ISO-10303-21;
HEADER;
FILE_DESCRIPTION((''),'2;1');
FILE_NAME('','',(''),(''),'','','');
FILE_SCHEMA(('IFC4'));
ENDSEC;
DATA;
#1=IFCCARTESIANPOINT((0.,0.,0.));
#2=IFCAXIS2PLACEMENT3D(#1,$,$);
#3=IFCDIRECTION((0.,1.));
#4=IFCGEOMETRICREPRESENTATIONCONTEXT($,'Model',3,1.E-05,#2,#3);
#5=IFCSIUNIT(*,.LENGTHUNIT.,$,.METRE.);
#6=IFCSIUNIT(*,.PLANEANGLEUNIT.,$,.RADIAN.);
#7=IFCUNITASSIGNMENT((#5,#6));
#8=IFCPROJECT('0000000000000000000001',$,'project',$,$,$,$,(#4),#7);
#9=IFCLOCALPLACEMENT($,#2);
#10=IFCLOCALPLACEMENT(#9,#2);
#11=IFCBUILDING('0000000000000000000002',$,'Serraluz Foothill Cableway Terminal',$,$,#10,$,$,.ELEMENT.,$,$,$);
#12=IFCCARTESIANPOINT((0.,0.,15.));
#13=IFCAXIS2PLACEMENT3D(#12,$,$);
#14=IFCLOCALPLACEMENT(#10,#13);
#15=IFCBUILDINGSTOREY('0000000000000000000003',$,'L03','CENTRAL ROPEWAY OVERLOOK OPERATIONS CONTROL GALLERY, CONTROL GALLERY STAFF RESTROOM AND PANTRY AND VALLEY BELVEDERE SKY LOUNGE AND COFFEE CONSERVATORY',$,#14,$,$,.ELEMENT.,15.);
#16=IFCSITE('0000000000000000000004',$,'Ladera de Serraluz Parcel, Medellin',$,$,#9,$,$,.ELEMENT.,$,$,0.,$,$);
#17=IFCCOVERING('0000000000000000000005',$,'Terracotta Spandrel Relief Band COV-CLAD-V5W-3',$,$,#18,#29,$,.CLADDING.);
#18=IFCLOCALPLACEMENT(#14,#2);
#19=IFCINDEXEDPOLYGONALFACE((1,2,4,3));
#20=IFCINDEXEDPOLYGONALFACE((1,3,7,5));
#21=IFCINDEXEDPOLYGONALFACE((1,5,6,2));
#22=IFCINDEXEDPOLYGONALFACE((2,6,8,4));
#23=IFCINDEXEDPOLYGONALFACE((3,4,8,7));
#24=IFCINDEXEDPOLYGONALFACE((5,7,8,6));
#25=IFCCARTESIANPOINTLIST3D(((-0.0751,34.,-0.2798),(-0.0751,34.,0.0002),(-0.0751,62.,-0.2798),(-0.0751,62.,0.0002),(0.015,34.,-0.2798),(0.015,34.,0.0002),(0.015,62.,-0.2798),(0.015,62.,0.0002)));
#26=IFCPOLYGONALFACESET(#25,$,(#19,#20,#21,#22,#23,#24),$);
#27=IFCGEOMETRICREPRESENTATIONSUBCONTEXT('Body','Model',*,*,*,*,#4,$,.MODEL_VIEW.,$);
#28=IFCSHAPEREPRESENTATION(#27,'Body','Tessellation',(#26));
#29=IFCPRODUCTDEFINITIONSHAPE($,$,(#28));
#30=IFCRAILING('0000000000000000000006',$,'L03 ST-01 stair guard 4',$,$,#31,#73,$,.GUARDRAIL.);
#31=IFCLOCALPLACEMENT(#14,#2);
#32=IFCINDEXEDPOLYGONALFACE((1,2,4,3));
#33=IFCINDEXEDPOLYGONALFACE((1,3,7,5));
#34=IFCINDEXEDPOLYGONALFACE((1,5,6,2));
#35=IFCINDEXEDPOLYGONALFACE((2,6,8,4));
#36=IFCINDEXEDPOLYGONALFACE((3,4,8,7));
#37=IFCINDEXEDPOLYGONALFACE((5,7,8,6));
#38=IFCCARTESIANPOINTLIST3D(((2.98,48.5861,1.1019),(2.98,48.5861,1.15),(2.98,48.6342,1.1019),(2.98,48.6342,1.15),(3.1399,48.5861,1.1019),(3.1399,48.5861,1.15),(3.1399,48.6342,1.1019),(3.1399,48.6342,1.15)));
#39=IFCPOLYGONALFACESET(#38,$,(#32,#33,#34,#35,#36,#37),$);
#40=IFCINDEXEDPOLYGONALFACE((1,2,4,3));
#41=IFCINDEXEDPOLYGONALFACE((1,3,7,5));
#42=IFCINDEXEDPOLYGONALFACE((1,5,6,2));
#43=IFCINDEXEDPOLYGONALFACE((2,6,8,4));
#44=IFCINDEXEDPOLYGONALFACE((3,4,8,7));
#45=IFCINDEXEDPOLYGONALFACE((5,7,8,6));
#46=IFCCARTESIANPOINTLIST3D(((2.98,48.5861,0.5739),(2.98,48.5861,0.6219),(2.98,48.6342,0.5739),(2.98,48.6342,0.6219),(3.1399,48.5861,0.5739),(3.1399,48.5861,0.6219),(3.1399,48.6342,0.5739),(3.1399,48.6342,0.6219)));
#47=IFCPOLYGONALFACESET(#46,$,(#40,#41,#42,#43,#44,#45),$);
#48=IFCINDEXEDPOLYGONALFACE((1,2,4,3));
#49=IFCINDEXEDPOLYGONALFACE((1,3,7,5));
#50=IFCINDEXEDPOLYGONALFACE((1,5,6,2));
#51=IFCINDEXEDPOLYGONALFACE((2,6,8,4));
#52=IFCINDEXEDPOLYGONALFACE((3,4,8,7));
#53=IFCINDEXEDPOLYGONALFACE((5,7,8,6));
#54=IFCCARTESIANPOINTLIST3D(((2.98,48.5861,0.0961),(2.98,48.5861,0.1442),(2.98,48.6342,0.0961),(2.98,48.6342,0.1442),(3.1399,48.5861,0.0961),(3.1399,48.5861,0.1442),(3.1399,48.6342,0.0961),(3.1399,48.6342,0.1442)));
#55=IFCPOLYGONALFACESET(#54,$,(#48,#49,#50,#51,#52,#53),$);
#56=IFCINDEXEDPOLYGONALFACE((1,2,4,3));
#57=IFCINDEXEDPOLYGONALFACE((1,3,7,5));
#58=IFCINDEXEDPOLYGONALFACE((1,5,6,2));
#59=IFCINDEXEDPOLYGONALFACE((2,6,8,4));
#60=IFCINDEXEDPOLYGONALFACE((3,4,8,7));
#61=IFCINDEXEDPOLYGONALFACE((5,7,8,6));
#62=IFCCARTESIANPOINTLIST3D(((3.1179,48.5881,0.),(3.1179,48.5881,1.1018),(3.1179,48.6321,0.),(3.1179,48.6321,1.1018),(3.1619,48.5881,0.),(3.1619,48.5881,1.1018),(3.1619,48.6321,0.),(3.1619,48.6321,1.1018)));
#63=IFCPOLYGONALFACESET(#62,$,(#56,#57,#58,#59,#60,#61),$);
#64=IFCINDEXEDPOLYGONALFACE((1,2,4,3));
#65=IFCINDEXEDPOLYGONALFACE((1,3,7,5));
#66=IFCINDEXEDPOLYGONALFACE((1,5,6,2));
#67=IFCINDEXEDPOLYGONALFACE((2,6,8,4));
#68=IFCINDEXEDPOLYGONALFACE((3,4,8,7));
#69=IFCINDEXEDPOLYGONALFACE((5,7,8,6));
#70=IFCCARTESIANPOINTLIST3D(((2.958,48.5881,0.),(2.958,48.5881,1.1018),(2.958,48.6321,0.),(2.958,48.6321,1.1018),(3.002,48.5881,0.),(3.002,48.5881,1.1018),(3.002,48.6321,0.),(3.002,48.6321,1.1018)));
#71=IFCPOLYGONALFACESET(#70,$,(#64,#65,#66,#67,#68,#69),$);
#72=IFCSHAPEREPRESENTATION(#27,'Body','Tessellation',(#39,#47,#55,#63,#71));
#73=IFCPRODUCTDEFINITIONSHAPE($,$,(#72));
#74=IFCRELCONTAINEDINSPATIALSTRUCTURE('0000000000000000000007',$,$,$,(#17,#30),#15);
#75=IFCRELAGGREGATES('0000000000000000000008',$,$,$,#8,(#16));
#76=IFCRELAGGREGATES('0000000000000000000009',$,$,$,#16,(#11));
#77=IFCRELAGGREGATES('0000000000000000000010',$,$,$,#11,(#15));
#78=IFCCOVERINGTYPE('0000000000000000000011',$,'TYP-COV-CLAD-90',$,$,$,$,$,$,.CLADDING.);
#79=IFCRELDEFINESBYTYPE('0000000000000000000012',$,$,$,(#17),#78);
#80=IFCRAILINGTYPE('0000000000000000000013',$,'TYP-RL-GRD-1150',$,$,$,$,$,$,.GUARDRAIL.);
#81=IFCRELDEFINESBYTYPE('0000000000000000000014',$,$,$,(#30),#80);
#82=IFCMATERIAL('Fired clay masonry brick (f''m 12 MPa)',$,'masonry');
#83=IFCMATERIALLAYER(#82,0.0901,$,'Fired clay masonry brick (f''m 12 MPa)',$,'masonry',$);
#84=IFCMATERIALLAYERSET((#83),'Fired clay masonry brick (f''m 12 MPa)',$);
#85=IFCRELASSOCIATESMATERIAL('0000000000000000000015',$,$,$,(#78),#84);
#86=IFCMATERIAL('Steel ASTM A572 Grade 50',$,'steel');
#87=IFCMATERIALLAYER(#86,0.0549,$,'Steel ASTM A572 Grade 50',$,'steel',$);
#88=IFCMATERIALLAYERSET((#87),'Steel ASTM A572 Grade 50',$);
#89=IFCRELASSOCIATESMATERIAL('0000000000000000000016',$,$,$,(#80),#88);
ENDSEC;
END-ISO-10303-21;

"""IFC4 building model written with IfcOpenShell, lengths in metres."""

from ifc_helpers import new_model, si_unit, direction, frame, origin, origin_2d, place, context, subcontext, project, spatial, rectangle, extrude, material, layer, layer_set, type_object, element, save


model = new_model("IFC4")

# Units and contexts
model_context = context("Model", 3, precision=1e-05, world=origin(), true_north=direction((0.0, 1.0)))
body_context = subcontext(model_context, "Body", "Model", "MODEL_VIEW")
ifc_project = project(units=[si_unit("LENGTHUNIT", "METRE"), si_unit("PLANEANGLEUNIT", "RADIAN")], contexts=[model_context])

# Site, building, storey
site_placement = place(None, origin())
site = spatial("IfcSite", under=ifc_project, at=site_placement, Name="Ladera de Serraluz Parcel, Medellin", CompositionType="ELEMENT", RefElevation=0.0)
building_placement = place(site_placement, origin())
building = spatial("IfcBuilding", under=site, at=building_placement, Name="Serraluz Foothill Cableway Terminal", CompositionType="ELEMENT")
storey_placement = place(building_placement, frame((0.0, 0.0, 15.0)))
storey = spatial("IfcBuildingStorey", under=building, at=storey_placement, Name="L03", Description="CENTRAL ROPEWAY OVERLOOK OPERATIONS CONTROL GALLERY, CONTROL GALLERY STAFF RESTROOM AND PANTRY AND VALLEY BELVEDERE SKY LOUNGE AND COFFEE CONSERVATORY", CompositionType="ELEMENT", Elevation=15.0)

# Shared definitions
ifc_material_1 = material(Name="Steel ASTM A572 Grade 50", Category="steel")

# Shared definitions
ifc_material_2 = material(Name="Fired clay masonry brick (f'm 12 MPa)", Category="masonry")

# Covering
ifc_layer_1 = layer(ifc_material_2, 0.0901, Name="Fired clay masonry brick (f'm 12 MPa)", Category="masonry")
ifc_layer_set_1 = layer_set([ifc_layer_1], Name="Fired clay masonry brick (f'm 12 MPa)")
covering_type = type_object("IfcCoveringType", Name="TYP-COV-CLAD-90", PredefinedType="CLADDING", material=ifc_layer_set_1)
covering_placement = place(storey_placement, frame((-0.03, 48.0, -0.2798), z_axis=(0.0, 0.0, 1.0), x_axis=(0.0, 1.0, 0.0)))
element("IfcCovering", 1, at=covering_placement, inside=storey, type_object=covering_type, Name="Terracotta Spandrel Relief Band COV-CLAD-V5W-3", PredefinedType="CLADDING", context=body_context, shape_type="SweptSolid", body=[
    extrude(rectangle(XDim=28.0, YDim=0.0901, at=origin_2d()), origin(), (0.0, 0.0, 1.0), 0.28),
])

# Railing
ifc_layer_2 = layer(ifc_material_1, 0.0549, Name="Steel ASTM A572 Grade 50", Category="steel")
ifc_layer_set_2 = layer_set([ifc_layer_2], Name="Steel ASTM A572 Grade 50")
railing_type = type_object("IfcRailingType", Name="TYP-RL-GRD-1150", PredefinedType="GUARDRAIL", material=ifc_layer_set_2)
railing_placement = place(storey_placement, frame((3.1399, 48.6101, 0.0)))
element("IfcRailing", 2, at=railing_placement, inside=storey, type_object=railing_type, Name="L03 ST-01 stair guard 4", PredefinedType="GUARDRAIL", context=body_context, shape_type="SweptSolid", body=[
    extrude(rectangle(XDim=0.0481, YDim=0.0481, at=origin_2d()), frame((0.0, 0.0, 1.126), z_axis=(-1.0, 0.0, 0.0), x_axis=(0.0, -1.0, 0.0)), (0.0, 0.0, 1.0), 0.1599),
    extrude(rectangle(XDim=0.0481, YDim=0.0481, at=origin_2d()), frame((0.0, 0.0, 0.5979), z_axis=(-1.0, 0.0, 0.0), x_axis=(0.0, -1.0, 0.0)), (0.0, 0.0, 1.0), 0.1599),
    extrude(rectangle(XDim=0.0481, YDim=0.0481, at=origin_2d()), frame((0.0, 0.0, 0.1201), z_axis=(-1.0, 0.0, 0.0), x_axis=(0.0, -1.0, 0.0)), (0.0, 0.0, 1.0), 0.1599),
    extrude(rectangle(XDim=0.0439, YDim=0.0439, at=origin_2d()), origin(), (0.0, 0.0, 1.0), 1.1018),
    extrude(rectangle(XDim=0.0439, YDim=0.0439, at=origin_2d()), frame((-0.1599, 0.0, 0.0)), (0.0, 0.0, 1.0), 1.1018),
])

save(model, "model.ifc")
